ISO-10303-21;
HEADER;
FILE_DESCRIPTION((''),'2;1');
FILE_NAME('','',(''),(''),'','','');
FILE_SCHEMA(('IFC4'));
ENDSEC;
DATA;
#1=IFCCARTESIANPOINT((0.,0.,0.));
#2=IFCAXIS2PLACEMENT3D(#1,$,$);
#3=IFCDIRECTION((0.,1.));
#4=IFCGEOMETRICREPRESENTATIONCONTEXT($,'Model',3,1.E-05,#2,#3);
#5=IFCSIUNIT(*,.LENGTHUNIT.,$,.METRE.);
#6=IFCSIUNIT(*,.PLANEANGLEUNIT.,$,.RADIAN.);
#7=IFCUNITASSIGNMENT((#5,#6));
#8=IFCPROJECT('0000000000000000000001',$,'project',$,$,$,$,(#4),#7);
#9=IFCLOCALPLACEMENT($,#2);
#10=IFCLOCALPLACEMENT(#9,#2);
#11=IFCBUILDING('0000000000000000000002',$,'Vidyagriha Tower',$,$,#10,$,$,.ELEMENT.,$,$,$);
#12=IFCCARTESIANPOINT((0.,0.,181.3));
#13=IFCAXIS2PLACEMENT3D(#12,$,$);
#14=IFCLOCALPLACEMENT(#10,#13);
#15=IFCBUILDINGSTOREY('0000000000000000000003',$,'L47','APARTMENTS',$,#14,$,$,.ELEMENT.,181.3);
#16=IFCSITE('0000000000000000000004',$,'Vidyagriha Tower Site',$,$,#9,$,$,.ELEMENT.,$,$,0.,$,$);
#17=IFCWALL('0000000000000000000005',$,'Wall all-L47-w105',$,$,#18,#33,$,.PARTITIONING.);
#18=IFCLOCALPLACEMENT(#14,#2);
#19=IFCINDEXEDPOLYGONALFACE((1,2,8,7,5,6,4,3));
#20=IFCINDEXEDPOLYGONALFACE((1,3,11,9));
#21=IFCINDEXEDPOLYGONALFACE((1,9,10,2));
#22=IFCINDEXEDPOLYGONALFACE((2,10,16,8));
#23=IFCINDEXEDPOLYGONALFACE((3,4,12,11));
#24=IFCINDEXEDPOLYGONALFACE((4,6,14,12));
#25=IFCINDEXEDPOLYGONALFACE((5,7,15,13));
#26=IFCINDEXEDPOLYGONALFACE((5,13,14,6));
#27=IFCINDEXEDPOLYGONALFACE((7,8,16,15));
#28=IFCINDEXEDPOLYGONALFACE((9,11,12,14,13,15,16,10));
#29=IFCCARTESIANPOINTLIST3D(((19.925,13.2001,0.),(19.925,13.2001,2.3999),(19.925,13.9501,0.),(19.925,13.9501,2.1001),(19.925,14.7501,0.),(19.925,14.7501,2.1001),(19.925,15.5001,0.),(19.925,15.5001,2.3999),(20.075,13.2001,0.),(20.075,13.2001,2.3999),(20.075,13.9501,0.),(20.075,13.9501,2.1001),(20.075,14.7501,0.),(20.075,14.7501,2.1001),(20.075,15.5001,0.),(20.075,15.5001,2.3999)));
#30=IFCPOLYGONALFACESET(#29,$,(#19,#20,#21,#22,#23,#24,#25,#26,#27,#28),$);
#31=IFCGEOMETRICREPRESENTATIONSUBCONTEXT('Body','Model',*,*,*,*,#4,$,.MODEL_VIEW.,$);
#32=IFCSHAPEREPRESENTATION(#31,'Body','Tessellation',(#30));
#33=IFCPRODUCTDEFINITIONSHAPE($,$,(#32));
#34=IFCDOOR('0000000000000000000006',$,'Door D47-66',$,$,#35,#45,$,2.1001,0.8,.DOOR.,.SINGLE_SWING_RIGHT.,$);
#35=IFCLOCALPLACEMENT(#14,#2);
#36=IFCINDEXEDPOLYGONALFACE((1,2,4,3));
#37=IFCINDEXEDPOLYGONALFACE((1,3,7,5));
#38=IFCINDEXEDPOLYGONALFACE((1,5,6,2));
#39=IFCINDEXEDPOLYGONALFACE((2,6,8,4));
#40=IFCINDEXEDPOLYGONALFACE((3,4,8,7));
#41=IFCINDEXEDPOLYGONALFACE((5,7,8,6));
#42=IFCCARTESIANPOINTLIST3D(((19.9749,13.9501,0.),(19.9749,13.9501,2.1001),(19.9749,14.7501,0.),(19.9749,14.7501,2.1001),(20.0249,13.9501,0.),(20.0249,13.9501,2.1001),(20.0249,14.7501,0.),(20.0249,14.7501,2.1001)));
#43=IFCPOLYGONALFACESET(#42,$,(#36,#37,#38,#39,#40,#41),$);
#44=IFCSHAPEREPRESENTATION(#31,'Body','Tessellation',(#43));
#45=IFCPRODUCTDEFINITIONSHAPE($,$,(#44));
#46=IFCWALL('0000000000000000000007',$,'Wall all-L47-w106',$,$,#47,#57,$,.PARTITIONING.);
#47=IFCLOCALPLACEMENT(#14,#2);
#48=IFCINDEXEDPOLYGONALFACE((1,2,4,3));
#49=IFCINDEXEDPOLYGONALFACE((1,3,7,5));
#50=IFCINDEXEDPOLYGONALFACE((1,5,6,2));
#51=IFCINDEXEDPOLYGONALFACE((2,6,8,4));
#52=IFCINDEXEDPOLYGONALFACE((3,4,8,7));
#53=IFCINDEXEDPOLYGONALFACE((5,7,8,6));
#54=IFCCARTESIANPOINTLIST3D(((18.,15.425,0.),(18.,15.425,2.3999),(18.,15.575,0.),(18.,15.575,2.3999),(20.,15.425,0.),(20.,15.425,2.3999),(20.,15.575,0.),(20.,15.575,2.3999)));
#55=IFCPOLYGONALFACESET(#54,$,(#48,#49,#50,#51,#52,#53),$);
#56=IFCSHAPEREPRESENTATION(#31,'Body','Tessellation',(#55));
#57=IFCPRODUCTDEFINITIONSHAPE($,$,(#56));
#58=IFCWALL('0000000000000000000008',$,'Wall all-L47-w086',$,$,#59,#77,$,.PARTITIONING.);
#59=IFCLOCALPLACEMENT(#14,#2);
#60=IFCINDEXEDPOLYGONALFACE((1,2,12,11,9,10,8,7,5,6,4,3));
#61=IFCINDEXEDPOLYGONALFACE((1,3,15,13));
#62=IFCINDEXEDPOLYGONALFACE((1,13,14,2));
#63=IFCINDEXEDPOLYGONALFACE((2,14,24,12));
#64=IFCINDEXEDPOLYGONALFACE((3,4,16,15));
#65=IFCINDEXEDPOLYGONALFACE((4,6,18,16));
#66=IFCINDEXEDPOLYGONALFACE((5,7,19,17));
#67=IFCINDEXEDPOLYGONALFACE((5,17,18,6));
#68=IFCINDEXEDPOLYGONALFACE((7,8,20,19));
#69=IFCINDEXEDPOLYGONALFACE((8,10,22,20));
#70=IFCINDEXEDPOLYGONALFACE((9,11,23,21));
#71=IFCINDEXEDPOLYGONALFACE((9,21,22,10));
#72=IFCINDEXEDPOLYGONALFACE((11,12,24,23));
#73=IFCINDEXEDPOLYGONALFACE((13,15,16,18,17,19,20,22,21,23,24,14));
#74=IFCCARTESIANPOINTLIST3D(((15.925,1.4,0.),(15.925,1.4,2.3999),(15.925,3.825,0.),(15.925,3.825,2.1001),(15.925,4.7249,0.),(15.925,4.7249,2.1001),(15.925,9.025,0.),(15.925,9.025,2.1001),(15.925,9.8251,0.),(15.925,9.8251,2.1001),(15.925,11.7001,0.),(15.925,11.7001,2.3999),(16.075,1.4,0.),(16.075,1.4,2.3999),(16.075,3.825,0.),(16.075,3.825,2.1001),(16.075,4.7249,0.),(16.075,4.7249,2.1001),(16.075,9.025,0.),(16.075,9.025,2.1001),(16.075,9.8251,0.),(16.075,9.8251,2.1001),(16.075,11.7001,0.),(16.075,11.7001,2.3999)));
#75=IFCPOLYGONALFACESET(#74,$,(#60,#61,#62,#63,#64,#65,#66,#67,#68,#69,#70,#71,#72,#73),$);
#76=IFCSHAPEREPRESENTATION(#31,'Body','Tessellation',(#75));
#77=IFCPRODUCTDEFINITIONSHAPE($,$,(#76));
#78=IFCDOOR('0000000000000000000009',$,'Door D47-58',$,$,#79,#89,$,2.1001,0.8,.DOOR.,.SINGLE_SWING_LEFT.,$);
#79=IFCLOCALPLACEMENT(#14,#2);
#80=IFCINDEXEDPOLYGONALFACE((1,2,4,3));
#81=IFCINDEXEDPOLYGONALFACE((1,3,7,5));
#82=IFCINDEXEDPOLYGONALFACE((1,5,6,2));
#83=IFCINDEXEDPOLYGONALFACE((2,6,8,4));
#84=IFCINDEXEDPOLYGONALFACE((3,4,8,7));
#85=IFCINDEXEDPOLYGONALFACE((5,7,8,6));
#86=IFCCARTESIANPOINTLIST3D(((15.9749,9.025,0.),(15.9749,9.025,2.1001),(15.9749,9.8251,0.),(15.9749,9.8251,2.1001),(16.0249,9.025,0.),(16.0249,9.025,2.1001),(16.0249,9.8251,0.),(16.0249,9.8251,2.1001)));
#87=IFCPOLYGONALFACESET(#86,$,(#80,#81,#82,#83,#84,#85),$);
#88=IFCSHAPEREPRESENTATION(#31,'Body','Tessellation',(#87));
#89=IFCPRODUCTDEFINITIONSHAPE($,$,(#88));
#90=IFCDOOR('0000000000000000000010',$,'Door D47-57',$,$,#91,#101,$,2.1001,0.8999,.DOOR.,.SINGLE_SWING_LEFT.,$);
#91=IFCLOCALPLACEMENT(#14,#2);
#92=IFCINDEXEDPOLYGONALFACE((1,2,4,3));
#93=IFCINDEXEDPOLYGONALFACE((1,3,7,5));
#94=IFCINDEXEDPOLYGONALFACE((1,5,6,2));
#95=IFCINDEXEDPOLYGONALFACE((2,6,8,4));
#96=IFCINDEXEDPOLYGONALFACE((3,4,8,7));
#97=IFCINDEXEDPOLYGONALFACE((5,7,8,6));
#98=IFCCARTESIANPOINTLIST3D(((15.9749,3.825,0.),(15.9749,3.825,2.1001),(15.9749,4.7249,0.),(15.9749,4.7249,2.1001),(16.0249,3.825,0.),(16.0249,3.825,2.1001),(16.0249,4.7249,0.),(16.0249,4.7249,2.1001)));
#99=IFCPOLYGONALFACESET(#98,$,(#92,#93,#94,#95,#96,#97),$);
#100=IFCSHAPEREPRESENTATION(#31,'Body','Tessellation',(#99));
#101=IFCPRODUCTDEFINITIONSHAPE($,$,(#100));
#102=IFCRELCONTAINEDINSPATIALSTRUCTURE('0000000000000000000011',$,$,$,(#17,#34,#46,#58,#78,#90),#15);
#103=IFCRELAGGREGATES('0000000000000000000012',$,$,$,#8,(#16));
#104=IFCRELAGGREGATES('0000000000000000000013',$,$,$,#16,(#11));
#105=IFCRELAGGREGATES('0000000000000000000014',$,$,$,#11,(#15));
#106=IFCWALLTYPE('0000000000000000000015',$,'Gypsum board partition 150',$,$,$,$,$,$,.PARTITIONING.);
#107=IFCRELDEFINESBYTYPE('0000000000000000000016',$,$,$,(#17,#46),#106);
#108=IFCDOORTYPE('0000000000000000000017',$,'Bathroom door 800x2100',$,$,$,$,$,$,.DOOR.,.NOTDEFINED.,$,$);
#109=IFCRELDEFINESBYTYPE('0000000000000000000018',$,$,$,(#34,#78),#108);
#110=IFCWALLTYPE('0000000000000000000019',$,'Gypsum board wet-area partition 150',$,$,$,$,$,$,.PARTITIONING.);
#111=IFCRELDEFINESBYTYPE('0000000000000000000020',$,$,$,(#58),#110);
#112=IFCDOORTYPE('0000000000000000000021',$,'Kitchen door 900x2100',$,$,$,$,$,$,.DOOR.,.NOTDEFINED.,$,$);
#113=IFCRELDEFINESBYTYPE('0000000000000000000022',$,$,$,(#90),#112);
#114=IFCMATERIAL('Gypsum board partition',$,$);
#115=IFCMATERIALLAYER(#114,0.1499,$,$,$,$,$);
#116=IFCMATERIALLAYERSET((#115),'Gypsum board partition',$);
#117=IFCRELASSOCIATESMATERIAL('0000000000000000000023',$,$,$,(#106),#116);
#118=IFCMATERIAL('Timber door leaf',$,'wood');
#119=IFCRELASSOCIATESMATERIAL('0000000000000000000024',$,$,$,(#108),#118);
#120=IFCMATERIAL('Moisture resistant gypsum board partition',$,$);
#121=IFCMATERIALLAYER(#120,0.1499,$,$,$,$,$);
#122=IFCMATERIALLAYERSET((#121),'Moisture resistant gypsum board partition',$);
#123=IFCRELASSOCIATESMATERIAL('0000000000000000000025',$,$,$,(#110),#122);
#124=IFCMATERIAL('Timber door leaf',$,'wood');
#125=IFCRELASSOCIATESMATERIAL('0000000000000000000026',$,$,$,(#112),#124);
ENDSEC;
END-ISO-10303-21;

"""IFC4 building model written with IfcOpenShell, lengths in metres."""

from ifc_helpers import new_model, si_unit, direction, frame, frame_2d, origin, place, context, subcontext, project, spatial, rectangle, extrude, material, layer, layer_set, type_object, element, fill, save


model = new_model("IFC4")

# Units and contexts
model_context = context("Model", 3, precision=1e-05, world=origin(), true_north=direction((0.0, 1.0)))
body_context = subcontext(model_context, "Body", "Model", "MODEL_VIEW")
ifc_project = project(units=[si_unit("LENGTHUNIT", "METRE"), si_unit("PLANEANGLEUNIT", "RADIAN")], contexts=[model_context])

# Site, building, storey
site_placement = place(None, origin())
site = spatial("IfcSite", under=ifc_project, at=site_placement, Name="Vidyagriha Tower Site", CompositionType="ELEMENT", RefElevation=0.0)
building_placement = place(site_placement, origin())
building = spatial("IfcBuilding", under=site, at=building_placement, Name="Vidyagriha Tower", CompositionType="ELEMENT")
storey_placement = place(building_placement, frame((0.0, 0.0, 181.3)))
storey = spatial("IfcBuildingStorey", under=building, at=storey_placement, Name="L47", Description="APARTMENTS", CompositionType="ELEMENT", Elevation=181.3)

# Shared definitions
ifc_material_1 = material(Name="Gypsum board partition")
ifc_layer_1 = layer(ifc_material_1, 0.1499)
ifc_layer_set_1 = layer_set([ifc_layer_1], Name="Gypsum board partition")
wall_type_1 = type_object("IfcWallType", Name="Gypsum board partition 150", PredefinedType="PARTITIONING", material=ifc_layer_set_1)

# Wall, opening, door
wall_1_placement = place(storey_placement, frame((20.0, 15.5, 0.0), z_axis=(0.0, 0.0, 1.0), x_axis=(0.0, -1.0, 0.0)))
wall_1 = element("IfcWall", 1, at=wall_1_placement, inside=storey, type_object=wall_type_1, Name="Wall all-L47-w105", PredefinedType="PARTITIONING", context=body_context, shape_type="SweptSolid", body=[
    extrude(rectangle(XDim=2.3, YDim=0.1499, at=frame_2d((1.1499, 0.0))), origin(), (0.0, 0.0, 1.0), 2.3999),
])
opening_1_placement = place(wall_1_placement, frame((0.75, 0.0, 0.0)))
opening_1 = element("IfcOpeningElement", 2, at=opening_1_placement, cuts=wall_1, PredefinedType="OPENING", context=body_context, shape_type="SweptSolid", body=[
    extrude(rectangle(XDim=0.8, YDim=2.1001, at=frame_2d((0.3999, 1.05))), frame((0.0, 0.085, 0.0), z_axis=(0.0, -1.0, 0.0), x_axis=(1.0, 0.0, 0.0)), (0.0, 0.0, 1.0), 0.1699),
])
ifc_material_2 = material(Name="Timber door leaf", Category="wood")
door_type_1 = type_object("IfcDoorType", Name="Bathroom door 800x2100", OperationType="NOTDEFINED", PredefinedType="DOOR", material=ifc_material_2)
door_1_placement = place(opening_1_placement, origin())
door_1 = element("IfcDoor", 3, at=door_1_placement, inside=storey, type_object=door_type_1, Name="Door D47-66", OperationType="SINGLE_SWING_RIGHT", OverallHeight=2.1001, OverallWidth=0.8, PredefinedType="DOOR", context=body_context, shape_type="SweptSolid", body=[
    extrude(rectangle(XDim=0.8, YDim=2.1001, at=frame_2d((0.3999, 1.05))), frame((0.0, 0.0249, 0.0), z_axis=(0.0, -1.0, 0.0), x_axis=(1.0, 0.0, 0.0)), (0.0, 0.0, 1.0), 0.05),
])
fill(opening_1, door_1)

# Wall
wall_2_placement = place(storey_placement, frame((18.0, 15.5, 0.0)))
element("IfcWall", 4, at=wall_2_placement, inside=storey, type_object=wall_type_1, Name="Wall all-L47-w106", PredefinedType="PARTITIONING", context=body_context, shape_type="SweptSolid", body=[
    extrude(rectangle(XDim=2.0, YDim=0.1499, at=frame_2d((1.0, 0.0))), origin(), (0.0, 0.0, 1.0), 2.3999),
])

# Wall, openings, doors
ifc_material_3 = material(Name="Moisture resistant gypsum board partition")
ifc_layer_2 = layer(ifc_material_3, 0.1499)
ifc_layer_set_2 = layer_set([ifc_layer_2], Name="Moisture resistant gypsum board partition")
wall_type_2 = type_object("IfcWallType", Name="Gypsum board wet-area partition 150", PredefinedType="PARTITIONING", material=ifc_layer_set_2)
wall_3_placement = place(storey_placement, frame((16.0, 11.7, 0.0), z_axis=(0.0, 0.0, 1.0), x_axis=(0.0, -1.0, 0.0)))
wall_3 = element("IfcWall", 5, at=wall_3_placement, inside=storey, type_object=wall_type_2, Name="Wall all-L47-w086", PredefinedType="PARTITIONING", context=body_context, shape_type="SweptSolid", body=[
    extrude(rectangle(XDim=10.3, YDim=0.1499, at=frame_2d((5.1499, 0.0))), origin(), (0.0, 0.0, 1.0), 2.3999),
])
opening_2_placement = place(wall_3_placement, frame((6.9751, 0.0, 0.0)))
opening_2 = element("IfcOpeningElement", 6, at=opening_2_placement, cuts=wall_3, PredefinedType="OPENING", context=body_context, shape_type="SweptSolid", body=[
    extrude(rectangle(XDim=0.8999, YDim=2.1001, at=frame_2d((0.45, 1.05))), frame((0.0, 0.085, 0.0), z_axis=(0.0, -1.0, 0.0), x_axis=(1.0, 0.0, 0.0)), (0.0, 0.0, 1.0), 0.1699),
])
opening_3_placement = place(wall_3_placement, frame((1.875, 0.0, 0.0)))
opening_3 = element("IfcOpeningElement", 7, at=opening_3_placement, cuts=wall_3, PredefinedType="OPENING", context=body_context, shape_type="SweptSolid", body=[
    extrude(rectangle(XDim=0.8, YDim=2.1001, at=frame_2d((0.3999, 1.05))), frame((0.0, 0.085, 0.0), z_axis=(0.0, -1.0, 0.0), x_axis=(1.0, 0.0, 0.0)), (0.0, 0.0, 1.0), 0.1699),
])
door_2_placement = place(opening_3_placement, origin())
door_2 = element("IfcDoor", 8, at=door_2_placement, inside=storey, type_object=door_type_1, Name="Door D47-58", OperationType="SINGLE_SWING_LEFT", OverallHeight=2.1001, OverallWidth=0.8, PredefinedType="DOOR", context=body_context, shape_type="SweptSolid", body=[
    extrude(rectangle(XDim=0.8, YDim=2.1001, at=frame_2d((0.3999, 1.05))), frame((0.0, 0.0249, 0.0), z_axis=(0.0, -1.0, 0.0), x_axis=(1.0, 0.0, 0.0)), (0.0, 0.0, 1.0), 0.05),
])
fill(opening_3, door_2)
ifc_material_4 = material(Name="Timber door leaf", Category="wood")
door_type_2 = type_object("IfcDoorType", Name="Kitchen door 900x2100", OperationType="NOTDEFINED", PredefinedType="DOOR", material=ifc_material_4)
door_3_placement = place(opening_2_placement, origin())
door_3 = element("IfcDoor", 9, at=door_3_placement, inside=storey, type_object=door_type_2, Name="Door D47-57", OperationType="SINGLE_SWING_LEFT", OverallHeight=2.1001, OverallWidth=0.8999, PredefinedType="DOOR", context=body_context, shape_type="SweptSolid", body=[
    extrude(rectangle(XDim=0.8999, YDim=2.1001, at=frame_2d((0.45, 1.05))), frame((0.0, 0.0249, 0.0), z_axis=(0.0, -1.0, 0.0), x_axis=(1.0, 0.0, 0.0)), (0.0, 0.0, 1.0), 0.05),
])
fill(opening_2, door_3)

save(model, "model.ifc")
